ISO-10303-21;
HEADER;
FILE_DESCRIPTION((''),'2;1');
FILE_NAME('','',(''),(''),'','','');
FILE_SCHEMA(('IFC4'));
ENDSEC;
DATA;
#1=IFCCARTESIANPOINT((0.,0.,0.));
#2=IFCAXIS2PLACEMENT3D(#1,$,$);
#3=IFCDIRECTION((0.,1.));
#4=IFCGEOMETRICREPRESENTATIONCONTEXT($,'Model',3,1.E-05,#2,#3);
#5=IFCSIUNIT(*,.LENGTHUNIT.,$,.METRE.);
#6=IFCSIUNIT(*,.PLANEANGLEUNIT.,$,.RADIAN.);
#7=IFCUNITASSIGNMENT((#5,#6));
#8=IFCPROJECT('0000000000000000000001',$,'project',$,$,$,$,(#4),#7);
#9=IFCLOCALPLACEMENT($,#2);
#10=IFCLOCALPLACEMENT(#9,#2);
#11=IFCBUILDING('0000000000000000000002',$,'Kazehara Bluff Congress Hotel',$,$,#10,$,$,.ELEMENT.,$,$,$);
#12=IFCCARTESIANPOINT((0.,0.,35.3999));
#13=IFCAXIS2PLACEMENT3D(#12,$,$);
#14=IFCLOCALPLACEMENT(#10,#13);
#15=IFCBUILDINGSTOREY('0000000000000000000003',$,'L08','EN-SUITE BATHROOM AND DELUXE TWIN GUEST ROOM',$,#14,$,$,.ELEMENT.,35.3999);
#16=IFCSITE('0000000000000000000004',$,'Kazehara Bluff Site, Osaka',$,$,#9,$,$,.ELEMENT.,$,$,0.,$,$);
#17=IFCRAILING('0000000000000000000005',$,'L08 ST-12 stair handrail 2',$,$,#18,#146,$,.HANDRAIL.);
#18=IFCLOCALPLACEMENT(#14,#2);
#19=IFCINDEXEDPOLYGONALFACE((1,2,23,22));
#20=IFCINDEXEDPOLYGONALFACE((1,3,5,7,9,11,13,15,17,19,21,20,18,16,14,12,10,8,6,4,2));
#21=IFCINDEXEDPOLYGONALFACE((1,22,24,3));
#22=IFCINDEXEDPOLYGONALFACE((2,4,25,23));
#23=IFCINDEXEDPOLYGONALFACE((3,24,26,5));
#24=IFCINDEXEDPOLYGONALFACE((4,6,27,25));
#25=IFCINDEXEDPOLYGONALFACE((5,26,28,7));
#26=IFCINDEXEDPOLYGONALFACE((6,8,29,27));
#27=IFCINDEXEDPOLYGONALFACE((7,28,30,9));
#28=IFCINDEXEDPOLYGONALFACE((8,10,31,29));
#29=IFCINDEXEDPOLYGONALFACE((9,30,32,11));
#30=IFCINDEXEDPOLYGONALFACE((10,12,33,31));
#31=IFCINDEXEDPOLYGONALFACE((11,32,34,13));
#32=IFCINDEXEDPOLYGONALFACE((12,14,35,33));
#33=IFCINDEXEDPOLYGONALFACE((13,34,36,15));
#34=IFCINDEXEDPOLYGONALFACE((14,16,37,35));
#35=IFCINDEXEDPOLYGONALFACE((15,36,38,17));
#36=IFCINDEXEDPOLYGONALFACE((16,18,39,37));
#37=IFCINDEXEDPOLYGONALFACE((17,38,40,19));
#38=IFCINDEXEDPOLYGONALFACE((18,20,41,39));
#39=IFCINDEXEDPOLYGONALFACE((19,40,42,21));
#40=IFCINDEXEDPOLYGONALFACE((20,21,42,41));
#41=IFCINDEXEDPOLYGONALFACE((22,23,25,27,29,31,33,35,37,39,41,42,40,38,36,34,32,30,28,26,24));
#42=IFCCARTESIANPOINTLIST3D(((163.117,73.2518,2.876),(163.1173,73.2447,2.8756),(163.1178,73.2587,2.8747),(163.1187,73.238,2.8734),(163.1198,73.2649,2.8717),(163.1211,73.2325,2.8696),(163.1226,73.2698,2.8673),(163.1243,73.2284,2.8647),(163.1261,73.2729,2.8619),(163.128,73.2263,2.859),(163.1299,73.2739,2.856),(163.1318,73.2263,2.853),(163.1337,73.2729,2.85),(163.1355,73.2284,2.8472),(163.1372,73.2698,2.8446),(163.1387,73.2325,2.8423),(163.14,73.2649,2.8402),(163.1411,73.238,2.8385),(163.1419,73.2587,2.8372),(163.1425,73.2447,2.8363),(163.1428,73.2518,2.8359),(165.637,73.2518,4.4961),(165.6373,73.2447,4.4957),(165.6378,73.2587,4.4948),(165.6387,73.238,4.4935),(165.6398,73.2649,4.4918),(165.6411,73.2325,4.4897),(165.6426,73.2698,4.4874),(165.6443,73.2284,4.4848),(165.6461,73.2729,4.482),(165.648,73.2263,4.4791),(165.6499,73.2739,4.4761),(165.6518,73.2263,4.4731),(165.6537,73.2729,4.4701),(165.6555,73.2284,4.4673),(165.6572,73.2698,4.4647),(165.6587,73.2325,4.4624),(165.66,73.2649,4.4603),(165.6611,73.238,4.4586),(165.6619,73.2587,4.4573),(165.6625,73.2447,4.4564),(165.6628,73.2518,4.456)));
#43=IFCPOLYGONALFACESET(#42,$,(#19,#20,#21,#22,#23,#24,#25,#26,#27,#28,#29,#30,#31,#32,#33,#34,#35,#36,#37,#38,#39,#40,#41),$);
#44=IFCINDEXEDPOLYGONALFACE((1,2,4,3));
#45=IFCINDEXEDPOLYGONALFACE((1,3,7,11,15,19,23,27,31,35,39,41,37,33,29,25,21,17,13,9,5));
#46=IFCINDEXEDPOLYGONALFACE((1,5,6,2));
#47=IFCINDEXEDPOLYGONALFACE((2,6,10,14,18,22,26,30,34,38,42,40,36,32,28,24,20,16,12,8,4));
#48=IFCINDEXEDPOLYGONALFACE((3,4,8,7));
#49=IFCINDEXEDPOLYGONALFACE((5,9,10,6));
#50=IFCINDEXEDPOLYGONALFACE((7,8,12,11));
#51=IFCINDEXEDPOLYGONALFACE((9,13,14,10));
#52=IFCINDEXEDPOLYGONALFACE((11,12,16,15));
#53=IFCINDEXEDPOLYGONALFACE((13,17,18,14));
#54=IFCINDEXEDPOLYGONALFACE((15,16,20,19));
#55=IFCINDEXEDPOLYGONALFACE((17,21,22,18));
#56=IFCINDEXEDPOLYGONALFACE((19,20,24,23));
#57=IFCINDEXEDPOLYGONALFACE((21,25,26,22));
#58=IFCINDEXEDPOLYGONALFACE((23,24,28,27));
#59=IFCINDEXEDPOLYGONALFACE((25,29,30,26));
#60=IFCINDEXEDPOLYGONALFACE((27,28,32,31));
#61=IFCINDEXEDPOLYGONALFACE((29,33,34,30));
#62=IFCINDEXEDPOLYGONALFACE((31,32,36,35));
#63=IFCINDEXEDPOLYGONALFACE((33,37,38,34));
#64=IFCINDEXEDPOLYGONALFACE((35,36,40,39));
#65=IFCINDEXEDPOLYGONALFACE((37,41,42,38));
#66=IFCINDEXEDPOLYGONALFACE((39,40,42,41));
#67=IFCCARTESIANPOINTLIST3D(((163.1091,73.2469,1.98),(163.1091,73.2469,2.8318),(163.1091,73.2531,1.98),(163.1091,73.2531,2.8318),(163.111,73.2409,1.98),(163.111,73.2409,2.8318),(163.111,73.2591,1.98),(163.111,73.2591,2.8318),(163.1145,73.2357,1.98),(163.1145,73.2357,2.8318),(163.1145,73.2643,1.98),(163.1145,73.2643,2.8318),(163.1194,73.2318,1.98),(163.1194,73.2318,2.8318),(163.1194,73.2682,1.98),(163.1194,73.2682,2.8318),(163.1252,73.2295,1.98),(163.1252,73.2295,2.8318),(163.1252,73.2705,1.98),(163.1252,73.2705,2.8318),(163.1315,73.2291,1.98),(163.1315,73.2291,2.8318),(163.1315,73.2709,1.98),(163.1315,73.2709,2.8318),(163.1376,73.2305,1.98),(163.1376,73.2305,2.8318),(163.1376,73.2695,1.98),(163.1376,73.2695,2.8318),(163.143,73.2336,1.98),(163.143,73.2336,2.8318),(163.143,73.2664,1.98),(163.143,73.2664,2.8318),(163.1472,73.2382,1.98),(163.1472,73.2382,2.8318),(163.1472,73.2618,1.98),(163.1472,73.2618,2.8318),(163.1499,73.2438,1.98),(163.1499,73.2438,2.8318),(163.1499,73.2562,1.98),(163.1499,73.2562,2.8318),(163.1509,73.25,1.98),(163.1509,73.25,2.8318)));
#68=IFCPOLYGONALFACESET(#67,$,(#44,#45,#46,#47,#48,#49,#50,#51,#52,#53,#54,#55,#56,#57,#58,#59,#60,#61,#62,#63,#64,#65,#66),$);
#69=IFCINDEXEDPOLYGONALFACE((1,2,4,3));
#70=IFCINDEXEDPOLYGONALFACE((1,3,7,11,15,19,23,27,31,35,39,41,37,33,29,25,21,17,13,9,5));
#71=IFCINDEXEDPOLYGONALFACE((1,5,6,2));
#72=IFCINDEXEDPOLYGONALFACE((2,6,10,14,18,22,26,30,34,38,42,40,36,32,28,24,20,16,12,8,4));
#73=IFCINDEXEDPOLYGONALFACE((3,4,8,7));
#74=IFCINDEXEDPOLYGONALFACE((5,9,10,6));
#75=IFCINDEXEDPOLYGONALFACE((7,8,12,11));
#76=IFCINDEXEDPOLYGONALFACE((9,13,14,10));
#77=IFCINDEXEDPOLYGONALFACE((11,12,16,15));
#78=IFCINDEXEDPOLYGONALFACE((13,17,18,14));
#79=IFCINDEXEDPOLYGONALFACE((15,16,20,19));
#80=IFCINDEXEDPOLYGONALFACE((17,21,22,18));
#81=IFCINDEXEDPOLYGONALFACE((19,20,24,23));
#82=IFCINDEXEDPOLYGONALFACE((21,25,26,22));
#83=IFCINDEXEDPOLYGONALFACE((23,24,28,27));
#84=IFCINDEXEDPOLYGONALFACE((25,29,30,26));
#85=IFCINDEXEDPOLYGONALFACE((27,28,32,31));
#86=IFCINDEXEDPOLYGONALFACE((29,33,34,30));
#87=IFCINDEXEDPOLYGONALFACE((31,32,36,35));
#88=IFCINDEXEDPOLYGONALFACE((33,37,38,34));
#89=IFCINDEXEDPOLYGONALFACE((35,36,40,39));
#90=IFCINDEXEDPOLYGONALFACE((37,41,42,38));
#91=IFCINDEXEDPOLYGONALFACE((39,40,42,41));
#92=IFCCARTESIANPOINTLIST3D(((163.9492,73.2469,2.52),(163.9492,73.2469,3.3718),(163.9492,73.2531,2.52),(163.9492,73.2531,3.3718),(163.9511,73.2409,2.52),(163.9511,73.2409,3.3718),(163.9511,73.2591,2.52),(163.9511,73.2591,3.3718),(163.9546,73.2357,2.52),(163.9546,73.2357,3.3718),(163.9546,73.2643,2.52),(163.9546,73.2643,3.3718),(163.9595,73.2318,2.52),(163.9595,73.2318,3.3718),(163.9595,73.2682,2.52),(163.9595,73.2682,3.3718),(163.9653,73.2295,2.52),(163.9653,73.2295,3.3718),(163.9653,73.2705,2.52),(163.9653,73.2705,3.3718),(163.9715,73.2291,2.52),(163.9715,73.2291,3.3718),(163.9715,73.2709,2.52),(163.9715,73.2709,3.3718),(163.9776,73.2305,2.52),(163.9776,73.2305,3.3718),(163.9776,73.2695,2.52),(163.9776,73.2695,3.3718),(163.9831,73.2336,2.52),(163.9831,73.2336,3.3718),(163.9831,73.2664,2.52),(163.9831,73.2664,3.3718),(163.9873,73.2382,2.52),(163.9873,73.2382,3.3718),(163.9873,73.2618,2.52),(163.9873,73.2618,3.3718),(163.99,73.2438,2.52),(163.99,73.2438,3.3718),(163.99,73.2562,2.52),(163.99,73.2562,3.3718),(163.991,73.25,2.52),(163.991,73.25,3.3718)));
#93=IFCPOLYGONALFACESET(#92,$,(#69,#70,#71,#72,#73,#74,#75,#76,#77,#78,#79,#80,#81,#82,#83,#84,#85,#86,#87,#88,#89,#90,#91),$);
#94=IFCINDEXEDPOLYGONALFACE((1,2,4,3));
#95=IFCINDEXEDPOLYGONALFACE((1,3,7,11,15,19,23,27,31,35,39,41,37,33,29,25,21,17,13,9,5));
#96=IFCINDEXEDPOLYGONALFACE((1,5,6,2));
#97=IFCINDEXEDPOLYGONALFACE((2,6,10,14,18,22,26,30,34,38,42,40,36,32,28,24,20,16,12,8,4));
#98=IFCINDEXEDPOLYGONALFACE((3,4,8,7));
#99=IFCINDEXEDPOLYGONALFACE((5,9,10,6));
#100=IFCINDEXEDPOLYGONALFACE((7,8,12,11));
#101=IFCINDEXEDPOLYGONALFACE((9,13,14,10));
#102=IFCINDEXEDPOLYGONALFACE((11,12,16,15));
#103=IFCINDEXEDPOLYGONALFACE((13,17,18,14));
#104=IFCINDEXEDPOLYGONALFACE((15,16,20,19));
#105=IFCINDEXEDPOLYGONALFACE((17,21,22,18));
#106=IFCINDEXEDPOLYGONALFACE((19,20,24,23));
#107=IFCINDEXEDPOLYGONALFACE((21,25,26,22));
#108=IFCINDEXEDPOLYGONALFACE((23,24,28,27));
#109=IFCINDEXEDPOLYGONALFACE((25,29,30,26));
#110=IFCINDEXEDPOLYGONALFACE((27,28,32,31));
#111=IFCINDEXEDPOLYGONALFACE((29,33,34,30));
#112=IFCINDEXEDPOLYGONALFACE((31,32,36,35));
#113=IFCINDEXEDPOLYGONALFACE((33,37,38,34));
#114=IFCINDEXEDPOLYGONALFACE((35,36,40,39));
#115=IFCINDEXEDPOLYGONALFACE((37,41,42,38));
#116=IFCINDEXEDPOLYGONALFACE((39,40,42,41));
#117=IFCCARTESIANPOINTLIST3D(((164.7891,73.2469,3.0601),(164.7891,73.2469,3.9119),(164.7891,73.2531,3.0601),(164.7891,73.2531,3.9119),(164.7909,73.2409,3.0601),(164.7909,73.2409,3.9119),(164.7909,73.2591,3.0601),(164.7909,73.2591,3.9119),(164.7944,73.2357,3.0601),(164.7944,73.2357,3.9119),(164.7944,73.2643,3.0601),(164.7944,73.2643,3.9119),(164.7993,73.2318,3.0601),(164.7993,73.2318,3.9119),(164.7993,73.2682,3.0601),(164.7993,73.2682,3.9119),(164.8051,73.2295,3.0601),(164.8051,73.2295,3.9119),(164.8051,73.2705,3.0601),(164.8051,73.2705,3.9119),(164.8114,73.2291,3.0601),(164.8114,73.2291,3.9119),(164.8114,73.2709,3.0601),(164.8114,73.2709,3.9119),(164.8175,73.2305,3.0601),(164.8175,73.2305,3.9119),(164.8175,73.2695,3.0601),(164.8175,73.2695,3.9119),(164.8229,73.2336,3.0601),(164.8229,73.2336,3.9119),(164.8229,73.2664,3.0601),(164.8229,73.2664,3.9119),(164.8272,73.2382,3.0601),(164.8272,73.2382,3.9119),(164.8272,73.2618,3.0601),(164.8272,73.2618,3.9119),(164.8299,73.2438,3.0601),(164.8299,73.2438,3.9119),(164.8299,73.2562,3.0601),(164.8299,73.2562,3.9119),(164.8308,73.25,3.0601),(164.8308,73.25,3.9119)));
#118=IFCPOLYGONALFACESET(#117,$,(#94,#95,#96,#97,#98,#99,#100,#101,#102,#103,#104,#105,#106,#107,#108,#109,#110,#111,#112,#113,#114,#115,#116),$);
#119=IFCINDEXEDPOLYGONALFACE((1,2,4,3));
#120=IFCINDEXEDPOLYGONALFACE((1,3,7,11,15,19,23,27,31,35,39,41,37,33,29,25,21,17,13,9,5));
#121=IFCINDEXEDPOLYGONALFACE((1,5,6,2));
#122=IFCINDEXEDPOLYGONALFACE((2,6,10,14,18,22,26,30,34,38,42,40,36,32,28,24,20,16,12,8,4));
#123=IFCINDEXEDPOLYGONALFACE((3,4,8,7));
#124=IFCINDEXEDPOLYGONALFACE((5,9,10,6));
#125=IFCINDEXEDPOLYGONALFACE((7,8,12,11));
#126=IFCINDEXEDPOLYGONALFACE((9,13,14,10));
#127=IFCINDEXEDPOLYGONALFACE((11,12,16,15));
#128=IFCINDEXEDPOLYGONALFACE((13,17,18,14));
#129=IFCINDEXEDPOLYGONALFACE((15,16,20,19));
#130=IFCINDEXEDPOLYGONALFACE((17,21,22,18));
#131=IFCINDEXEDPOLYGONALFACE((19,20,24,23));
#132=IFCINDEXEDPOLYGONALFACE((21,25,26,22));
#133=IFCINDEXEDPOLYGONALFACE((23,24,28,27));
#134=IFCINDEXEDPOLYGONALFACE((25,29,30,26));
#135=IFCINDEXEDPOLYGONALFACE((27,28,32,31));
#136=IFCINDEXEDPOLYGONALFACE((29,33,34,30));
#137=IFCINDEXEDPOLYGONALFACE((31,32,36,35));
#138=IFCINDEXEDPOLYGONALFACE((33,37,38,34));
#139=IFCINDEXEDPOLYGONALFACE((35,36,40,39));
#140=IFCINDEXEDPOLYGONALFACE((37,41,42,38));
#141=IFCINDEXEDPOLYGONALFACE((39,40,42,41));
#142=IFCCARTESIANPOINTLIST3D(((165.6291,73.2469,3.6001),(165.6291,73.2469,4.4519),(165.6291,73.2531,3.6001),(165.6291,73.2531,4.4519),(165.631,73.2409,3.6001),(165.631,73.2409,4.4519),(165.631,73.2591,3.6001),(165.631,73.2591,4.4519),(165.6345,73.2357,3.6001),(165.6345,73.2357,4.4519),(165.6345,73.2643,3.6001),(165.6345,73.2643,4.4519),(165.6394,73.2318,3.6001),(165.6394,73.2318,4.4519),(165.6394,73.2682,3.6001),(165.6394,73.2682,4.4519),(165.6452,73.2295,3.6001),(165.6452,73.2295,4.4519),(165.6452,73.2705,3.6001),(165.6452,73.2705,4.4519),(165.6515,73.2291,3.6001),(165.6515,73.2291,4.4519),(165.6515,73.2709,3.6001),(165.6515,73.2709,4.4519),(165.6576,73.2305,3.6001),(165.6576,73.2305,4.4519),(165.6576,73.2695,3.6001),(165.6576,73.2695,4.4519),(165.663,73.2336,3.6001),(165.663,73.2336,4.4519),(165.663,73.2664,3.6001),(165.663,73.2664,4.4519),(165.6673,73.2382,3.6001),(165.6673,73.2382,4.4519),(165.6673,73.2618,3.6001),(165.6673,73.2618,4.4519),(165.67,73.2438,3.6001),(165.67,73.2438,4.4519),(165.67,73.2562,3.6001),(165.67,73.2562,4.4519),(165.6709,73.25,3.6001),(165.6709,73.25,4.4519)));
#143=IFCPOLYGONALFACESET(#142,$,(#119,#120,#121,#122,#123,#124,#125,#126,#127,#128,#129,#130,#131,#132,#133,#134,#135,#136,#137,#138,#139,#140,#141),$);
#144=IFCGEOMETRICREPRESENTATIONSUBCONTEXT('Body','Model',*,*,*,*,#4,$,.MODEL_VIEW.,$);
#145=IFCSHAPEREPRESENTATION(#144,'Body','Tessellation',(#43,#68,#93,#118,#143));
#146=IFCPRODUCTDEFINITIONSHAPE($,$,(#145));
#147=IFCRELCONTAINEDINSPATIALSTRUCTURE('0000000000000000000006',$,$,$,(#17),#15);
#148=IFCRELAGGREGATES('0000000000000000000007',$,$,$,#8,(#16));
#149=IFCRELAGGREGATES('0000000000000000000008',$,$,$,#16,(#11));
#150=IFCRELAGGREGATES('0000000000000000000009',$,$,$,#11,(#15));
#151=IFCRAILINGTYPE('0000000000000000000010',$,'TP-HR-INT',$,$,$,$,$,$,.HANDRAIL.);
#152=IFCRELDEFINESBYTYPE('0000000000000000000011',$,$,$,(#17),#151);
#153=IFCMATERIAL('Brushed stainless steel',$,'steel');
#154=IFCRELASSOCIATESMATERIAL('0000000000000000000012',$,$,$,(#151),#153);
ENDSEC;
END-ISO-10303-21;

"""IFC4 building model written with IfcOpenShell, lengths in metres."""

from ifc_helpers import new_model, si_unit, direction, frame, origin, origin_2d, place, context, subcontext, project, spatial, circle, extrude, material, type_object, element, save


model = new_model("IFC4")

# Units and contexts
model_context = context("Model", 3, precision=1e-05, world=origin(), true_north=direction((0.0, 1.0)))
body_context = subcontext(model_context, "Body", "Model", "MODEL_VIEW")
ifc_project = project(units=[si_unit("LENGTHUNIT", "METRE"), si_unit("PLANEANGLEUNIT", "RADIAN")], contexts=[model_context])

# Site, building, storey
site_placement = place(None, origin())
site = spatial("IfcSite", under=ifc_project, at=site_placement, Name="Kazehara Bluff Site, Osaka", CompositionType="ELEMENT", RefElevation=0.0)
building_placement = place(site_placement, origin())
building = spatial("IfcBuilding", under=site, at=building_placement, Name="Kazehara Bluff Congress Hotel", CompositionType="ELEMENT")
storey_placement = place(building_placement, frame((0.0, 0.0, 35.3999)))
storey = spatial("IfcBuildingStorey", under=building, at=storey_placement, Name="L08", Description="EN-SUITE BATHROOM AND DELUXE TWIN GUEST ROOM", CompositionType="ELEMENT", Elevation=35.3999)

# Railing
ifc_material_1 = material(Name="Brushed stainless steel", Category="steel")
railing_type_1 = type_object("IfcRailingType", Name="TP-HR-INT", PredefinedType="HANDRAIL", material=ifc_material_1)
railing_1_placement = place(storey_placement, frame((163.1299, 73.25, 1.98)))
element("IfcRailing", 1, at=railing_1_placement, inside=storey, type_object=railing_type_1, Name="L08 ST-12 stair handrail 2", PredefinedType="HANDRAIL", context=body_context, shape_type="SweptSolid", body=[
    extrude(circle(Radius=0.0239, at=origin_2d()), frame((0.0, 0.0, 0.876), z_axis=(0.841163, 0.0, 0.540782), x_axis=(0.0, 1.0, 0.0)), (0.0, 0.0, 1.0), 2.9958),
    extrude(circle(Radius=0.021, at=origin_2d()), origin(), (0.0, 0.0, 1.0), 0.8518),
    extrude(circle(Radius=0.021, at=origin_2d()), frame((0.8401, 0.0, 0.54)), (0.0, 0.0, 1.0), 0.8518),
    extrude(circle(Radius=0.021, at=origin_2d()), frame((1.6799, 0.0, 1.0801)), (0.0, 0.0, 1.0), 0.8518),
    extrude(circle(Radius=0.021, at=origin_2d()), frame((2.52, 0.0, 1.6201)), (0.0, 0.0, 1.0), 0.8518),
])

save(model, "model.ifc")
